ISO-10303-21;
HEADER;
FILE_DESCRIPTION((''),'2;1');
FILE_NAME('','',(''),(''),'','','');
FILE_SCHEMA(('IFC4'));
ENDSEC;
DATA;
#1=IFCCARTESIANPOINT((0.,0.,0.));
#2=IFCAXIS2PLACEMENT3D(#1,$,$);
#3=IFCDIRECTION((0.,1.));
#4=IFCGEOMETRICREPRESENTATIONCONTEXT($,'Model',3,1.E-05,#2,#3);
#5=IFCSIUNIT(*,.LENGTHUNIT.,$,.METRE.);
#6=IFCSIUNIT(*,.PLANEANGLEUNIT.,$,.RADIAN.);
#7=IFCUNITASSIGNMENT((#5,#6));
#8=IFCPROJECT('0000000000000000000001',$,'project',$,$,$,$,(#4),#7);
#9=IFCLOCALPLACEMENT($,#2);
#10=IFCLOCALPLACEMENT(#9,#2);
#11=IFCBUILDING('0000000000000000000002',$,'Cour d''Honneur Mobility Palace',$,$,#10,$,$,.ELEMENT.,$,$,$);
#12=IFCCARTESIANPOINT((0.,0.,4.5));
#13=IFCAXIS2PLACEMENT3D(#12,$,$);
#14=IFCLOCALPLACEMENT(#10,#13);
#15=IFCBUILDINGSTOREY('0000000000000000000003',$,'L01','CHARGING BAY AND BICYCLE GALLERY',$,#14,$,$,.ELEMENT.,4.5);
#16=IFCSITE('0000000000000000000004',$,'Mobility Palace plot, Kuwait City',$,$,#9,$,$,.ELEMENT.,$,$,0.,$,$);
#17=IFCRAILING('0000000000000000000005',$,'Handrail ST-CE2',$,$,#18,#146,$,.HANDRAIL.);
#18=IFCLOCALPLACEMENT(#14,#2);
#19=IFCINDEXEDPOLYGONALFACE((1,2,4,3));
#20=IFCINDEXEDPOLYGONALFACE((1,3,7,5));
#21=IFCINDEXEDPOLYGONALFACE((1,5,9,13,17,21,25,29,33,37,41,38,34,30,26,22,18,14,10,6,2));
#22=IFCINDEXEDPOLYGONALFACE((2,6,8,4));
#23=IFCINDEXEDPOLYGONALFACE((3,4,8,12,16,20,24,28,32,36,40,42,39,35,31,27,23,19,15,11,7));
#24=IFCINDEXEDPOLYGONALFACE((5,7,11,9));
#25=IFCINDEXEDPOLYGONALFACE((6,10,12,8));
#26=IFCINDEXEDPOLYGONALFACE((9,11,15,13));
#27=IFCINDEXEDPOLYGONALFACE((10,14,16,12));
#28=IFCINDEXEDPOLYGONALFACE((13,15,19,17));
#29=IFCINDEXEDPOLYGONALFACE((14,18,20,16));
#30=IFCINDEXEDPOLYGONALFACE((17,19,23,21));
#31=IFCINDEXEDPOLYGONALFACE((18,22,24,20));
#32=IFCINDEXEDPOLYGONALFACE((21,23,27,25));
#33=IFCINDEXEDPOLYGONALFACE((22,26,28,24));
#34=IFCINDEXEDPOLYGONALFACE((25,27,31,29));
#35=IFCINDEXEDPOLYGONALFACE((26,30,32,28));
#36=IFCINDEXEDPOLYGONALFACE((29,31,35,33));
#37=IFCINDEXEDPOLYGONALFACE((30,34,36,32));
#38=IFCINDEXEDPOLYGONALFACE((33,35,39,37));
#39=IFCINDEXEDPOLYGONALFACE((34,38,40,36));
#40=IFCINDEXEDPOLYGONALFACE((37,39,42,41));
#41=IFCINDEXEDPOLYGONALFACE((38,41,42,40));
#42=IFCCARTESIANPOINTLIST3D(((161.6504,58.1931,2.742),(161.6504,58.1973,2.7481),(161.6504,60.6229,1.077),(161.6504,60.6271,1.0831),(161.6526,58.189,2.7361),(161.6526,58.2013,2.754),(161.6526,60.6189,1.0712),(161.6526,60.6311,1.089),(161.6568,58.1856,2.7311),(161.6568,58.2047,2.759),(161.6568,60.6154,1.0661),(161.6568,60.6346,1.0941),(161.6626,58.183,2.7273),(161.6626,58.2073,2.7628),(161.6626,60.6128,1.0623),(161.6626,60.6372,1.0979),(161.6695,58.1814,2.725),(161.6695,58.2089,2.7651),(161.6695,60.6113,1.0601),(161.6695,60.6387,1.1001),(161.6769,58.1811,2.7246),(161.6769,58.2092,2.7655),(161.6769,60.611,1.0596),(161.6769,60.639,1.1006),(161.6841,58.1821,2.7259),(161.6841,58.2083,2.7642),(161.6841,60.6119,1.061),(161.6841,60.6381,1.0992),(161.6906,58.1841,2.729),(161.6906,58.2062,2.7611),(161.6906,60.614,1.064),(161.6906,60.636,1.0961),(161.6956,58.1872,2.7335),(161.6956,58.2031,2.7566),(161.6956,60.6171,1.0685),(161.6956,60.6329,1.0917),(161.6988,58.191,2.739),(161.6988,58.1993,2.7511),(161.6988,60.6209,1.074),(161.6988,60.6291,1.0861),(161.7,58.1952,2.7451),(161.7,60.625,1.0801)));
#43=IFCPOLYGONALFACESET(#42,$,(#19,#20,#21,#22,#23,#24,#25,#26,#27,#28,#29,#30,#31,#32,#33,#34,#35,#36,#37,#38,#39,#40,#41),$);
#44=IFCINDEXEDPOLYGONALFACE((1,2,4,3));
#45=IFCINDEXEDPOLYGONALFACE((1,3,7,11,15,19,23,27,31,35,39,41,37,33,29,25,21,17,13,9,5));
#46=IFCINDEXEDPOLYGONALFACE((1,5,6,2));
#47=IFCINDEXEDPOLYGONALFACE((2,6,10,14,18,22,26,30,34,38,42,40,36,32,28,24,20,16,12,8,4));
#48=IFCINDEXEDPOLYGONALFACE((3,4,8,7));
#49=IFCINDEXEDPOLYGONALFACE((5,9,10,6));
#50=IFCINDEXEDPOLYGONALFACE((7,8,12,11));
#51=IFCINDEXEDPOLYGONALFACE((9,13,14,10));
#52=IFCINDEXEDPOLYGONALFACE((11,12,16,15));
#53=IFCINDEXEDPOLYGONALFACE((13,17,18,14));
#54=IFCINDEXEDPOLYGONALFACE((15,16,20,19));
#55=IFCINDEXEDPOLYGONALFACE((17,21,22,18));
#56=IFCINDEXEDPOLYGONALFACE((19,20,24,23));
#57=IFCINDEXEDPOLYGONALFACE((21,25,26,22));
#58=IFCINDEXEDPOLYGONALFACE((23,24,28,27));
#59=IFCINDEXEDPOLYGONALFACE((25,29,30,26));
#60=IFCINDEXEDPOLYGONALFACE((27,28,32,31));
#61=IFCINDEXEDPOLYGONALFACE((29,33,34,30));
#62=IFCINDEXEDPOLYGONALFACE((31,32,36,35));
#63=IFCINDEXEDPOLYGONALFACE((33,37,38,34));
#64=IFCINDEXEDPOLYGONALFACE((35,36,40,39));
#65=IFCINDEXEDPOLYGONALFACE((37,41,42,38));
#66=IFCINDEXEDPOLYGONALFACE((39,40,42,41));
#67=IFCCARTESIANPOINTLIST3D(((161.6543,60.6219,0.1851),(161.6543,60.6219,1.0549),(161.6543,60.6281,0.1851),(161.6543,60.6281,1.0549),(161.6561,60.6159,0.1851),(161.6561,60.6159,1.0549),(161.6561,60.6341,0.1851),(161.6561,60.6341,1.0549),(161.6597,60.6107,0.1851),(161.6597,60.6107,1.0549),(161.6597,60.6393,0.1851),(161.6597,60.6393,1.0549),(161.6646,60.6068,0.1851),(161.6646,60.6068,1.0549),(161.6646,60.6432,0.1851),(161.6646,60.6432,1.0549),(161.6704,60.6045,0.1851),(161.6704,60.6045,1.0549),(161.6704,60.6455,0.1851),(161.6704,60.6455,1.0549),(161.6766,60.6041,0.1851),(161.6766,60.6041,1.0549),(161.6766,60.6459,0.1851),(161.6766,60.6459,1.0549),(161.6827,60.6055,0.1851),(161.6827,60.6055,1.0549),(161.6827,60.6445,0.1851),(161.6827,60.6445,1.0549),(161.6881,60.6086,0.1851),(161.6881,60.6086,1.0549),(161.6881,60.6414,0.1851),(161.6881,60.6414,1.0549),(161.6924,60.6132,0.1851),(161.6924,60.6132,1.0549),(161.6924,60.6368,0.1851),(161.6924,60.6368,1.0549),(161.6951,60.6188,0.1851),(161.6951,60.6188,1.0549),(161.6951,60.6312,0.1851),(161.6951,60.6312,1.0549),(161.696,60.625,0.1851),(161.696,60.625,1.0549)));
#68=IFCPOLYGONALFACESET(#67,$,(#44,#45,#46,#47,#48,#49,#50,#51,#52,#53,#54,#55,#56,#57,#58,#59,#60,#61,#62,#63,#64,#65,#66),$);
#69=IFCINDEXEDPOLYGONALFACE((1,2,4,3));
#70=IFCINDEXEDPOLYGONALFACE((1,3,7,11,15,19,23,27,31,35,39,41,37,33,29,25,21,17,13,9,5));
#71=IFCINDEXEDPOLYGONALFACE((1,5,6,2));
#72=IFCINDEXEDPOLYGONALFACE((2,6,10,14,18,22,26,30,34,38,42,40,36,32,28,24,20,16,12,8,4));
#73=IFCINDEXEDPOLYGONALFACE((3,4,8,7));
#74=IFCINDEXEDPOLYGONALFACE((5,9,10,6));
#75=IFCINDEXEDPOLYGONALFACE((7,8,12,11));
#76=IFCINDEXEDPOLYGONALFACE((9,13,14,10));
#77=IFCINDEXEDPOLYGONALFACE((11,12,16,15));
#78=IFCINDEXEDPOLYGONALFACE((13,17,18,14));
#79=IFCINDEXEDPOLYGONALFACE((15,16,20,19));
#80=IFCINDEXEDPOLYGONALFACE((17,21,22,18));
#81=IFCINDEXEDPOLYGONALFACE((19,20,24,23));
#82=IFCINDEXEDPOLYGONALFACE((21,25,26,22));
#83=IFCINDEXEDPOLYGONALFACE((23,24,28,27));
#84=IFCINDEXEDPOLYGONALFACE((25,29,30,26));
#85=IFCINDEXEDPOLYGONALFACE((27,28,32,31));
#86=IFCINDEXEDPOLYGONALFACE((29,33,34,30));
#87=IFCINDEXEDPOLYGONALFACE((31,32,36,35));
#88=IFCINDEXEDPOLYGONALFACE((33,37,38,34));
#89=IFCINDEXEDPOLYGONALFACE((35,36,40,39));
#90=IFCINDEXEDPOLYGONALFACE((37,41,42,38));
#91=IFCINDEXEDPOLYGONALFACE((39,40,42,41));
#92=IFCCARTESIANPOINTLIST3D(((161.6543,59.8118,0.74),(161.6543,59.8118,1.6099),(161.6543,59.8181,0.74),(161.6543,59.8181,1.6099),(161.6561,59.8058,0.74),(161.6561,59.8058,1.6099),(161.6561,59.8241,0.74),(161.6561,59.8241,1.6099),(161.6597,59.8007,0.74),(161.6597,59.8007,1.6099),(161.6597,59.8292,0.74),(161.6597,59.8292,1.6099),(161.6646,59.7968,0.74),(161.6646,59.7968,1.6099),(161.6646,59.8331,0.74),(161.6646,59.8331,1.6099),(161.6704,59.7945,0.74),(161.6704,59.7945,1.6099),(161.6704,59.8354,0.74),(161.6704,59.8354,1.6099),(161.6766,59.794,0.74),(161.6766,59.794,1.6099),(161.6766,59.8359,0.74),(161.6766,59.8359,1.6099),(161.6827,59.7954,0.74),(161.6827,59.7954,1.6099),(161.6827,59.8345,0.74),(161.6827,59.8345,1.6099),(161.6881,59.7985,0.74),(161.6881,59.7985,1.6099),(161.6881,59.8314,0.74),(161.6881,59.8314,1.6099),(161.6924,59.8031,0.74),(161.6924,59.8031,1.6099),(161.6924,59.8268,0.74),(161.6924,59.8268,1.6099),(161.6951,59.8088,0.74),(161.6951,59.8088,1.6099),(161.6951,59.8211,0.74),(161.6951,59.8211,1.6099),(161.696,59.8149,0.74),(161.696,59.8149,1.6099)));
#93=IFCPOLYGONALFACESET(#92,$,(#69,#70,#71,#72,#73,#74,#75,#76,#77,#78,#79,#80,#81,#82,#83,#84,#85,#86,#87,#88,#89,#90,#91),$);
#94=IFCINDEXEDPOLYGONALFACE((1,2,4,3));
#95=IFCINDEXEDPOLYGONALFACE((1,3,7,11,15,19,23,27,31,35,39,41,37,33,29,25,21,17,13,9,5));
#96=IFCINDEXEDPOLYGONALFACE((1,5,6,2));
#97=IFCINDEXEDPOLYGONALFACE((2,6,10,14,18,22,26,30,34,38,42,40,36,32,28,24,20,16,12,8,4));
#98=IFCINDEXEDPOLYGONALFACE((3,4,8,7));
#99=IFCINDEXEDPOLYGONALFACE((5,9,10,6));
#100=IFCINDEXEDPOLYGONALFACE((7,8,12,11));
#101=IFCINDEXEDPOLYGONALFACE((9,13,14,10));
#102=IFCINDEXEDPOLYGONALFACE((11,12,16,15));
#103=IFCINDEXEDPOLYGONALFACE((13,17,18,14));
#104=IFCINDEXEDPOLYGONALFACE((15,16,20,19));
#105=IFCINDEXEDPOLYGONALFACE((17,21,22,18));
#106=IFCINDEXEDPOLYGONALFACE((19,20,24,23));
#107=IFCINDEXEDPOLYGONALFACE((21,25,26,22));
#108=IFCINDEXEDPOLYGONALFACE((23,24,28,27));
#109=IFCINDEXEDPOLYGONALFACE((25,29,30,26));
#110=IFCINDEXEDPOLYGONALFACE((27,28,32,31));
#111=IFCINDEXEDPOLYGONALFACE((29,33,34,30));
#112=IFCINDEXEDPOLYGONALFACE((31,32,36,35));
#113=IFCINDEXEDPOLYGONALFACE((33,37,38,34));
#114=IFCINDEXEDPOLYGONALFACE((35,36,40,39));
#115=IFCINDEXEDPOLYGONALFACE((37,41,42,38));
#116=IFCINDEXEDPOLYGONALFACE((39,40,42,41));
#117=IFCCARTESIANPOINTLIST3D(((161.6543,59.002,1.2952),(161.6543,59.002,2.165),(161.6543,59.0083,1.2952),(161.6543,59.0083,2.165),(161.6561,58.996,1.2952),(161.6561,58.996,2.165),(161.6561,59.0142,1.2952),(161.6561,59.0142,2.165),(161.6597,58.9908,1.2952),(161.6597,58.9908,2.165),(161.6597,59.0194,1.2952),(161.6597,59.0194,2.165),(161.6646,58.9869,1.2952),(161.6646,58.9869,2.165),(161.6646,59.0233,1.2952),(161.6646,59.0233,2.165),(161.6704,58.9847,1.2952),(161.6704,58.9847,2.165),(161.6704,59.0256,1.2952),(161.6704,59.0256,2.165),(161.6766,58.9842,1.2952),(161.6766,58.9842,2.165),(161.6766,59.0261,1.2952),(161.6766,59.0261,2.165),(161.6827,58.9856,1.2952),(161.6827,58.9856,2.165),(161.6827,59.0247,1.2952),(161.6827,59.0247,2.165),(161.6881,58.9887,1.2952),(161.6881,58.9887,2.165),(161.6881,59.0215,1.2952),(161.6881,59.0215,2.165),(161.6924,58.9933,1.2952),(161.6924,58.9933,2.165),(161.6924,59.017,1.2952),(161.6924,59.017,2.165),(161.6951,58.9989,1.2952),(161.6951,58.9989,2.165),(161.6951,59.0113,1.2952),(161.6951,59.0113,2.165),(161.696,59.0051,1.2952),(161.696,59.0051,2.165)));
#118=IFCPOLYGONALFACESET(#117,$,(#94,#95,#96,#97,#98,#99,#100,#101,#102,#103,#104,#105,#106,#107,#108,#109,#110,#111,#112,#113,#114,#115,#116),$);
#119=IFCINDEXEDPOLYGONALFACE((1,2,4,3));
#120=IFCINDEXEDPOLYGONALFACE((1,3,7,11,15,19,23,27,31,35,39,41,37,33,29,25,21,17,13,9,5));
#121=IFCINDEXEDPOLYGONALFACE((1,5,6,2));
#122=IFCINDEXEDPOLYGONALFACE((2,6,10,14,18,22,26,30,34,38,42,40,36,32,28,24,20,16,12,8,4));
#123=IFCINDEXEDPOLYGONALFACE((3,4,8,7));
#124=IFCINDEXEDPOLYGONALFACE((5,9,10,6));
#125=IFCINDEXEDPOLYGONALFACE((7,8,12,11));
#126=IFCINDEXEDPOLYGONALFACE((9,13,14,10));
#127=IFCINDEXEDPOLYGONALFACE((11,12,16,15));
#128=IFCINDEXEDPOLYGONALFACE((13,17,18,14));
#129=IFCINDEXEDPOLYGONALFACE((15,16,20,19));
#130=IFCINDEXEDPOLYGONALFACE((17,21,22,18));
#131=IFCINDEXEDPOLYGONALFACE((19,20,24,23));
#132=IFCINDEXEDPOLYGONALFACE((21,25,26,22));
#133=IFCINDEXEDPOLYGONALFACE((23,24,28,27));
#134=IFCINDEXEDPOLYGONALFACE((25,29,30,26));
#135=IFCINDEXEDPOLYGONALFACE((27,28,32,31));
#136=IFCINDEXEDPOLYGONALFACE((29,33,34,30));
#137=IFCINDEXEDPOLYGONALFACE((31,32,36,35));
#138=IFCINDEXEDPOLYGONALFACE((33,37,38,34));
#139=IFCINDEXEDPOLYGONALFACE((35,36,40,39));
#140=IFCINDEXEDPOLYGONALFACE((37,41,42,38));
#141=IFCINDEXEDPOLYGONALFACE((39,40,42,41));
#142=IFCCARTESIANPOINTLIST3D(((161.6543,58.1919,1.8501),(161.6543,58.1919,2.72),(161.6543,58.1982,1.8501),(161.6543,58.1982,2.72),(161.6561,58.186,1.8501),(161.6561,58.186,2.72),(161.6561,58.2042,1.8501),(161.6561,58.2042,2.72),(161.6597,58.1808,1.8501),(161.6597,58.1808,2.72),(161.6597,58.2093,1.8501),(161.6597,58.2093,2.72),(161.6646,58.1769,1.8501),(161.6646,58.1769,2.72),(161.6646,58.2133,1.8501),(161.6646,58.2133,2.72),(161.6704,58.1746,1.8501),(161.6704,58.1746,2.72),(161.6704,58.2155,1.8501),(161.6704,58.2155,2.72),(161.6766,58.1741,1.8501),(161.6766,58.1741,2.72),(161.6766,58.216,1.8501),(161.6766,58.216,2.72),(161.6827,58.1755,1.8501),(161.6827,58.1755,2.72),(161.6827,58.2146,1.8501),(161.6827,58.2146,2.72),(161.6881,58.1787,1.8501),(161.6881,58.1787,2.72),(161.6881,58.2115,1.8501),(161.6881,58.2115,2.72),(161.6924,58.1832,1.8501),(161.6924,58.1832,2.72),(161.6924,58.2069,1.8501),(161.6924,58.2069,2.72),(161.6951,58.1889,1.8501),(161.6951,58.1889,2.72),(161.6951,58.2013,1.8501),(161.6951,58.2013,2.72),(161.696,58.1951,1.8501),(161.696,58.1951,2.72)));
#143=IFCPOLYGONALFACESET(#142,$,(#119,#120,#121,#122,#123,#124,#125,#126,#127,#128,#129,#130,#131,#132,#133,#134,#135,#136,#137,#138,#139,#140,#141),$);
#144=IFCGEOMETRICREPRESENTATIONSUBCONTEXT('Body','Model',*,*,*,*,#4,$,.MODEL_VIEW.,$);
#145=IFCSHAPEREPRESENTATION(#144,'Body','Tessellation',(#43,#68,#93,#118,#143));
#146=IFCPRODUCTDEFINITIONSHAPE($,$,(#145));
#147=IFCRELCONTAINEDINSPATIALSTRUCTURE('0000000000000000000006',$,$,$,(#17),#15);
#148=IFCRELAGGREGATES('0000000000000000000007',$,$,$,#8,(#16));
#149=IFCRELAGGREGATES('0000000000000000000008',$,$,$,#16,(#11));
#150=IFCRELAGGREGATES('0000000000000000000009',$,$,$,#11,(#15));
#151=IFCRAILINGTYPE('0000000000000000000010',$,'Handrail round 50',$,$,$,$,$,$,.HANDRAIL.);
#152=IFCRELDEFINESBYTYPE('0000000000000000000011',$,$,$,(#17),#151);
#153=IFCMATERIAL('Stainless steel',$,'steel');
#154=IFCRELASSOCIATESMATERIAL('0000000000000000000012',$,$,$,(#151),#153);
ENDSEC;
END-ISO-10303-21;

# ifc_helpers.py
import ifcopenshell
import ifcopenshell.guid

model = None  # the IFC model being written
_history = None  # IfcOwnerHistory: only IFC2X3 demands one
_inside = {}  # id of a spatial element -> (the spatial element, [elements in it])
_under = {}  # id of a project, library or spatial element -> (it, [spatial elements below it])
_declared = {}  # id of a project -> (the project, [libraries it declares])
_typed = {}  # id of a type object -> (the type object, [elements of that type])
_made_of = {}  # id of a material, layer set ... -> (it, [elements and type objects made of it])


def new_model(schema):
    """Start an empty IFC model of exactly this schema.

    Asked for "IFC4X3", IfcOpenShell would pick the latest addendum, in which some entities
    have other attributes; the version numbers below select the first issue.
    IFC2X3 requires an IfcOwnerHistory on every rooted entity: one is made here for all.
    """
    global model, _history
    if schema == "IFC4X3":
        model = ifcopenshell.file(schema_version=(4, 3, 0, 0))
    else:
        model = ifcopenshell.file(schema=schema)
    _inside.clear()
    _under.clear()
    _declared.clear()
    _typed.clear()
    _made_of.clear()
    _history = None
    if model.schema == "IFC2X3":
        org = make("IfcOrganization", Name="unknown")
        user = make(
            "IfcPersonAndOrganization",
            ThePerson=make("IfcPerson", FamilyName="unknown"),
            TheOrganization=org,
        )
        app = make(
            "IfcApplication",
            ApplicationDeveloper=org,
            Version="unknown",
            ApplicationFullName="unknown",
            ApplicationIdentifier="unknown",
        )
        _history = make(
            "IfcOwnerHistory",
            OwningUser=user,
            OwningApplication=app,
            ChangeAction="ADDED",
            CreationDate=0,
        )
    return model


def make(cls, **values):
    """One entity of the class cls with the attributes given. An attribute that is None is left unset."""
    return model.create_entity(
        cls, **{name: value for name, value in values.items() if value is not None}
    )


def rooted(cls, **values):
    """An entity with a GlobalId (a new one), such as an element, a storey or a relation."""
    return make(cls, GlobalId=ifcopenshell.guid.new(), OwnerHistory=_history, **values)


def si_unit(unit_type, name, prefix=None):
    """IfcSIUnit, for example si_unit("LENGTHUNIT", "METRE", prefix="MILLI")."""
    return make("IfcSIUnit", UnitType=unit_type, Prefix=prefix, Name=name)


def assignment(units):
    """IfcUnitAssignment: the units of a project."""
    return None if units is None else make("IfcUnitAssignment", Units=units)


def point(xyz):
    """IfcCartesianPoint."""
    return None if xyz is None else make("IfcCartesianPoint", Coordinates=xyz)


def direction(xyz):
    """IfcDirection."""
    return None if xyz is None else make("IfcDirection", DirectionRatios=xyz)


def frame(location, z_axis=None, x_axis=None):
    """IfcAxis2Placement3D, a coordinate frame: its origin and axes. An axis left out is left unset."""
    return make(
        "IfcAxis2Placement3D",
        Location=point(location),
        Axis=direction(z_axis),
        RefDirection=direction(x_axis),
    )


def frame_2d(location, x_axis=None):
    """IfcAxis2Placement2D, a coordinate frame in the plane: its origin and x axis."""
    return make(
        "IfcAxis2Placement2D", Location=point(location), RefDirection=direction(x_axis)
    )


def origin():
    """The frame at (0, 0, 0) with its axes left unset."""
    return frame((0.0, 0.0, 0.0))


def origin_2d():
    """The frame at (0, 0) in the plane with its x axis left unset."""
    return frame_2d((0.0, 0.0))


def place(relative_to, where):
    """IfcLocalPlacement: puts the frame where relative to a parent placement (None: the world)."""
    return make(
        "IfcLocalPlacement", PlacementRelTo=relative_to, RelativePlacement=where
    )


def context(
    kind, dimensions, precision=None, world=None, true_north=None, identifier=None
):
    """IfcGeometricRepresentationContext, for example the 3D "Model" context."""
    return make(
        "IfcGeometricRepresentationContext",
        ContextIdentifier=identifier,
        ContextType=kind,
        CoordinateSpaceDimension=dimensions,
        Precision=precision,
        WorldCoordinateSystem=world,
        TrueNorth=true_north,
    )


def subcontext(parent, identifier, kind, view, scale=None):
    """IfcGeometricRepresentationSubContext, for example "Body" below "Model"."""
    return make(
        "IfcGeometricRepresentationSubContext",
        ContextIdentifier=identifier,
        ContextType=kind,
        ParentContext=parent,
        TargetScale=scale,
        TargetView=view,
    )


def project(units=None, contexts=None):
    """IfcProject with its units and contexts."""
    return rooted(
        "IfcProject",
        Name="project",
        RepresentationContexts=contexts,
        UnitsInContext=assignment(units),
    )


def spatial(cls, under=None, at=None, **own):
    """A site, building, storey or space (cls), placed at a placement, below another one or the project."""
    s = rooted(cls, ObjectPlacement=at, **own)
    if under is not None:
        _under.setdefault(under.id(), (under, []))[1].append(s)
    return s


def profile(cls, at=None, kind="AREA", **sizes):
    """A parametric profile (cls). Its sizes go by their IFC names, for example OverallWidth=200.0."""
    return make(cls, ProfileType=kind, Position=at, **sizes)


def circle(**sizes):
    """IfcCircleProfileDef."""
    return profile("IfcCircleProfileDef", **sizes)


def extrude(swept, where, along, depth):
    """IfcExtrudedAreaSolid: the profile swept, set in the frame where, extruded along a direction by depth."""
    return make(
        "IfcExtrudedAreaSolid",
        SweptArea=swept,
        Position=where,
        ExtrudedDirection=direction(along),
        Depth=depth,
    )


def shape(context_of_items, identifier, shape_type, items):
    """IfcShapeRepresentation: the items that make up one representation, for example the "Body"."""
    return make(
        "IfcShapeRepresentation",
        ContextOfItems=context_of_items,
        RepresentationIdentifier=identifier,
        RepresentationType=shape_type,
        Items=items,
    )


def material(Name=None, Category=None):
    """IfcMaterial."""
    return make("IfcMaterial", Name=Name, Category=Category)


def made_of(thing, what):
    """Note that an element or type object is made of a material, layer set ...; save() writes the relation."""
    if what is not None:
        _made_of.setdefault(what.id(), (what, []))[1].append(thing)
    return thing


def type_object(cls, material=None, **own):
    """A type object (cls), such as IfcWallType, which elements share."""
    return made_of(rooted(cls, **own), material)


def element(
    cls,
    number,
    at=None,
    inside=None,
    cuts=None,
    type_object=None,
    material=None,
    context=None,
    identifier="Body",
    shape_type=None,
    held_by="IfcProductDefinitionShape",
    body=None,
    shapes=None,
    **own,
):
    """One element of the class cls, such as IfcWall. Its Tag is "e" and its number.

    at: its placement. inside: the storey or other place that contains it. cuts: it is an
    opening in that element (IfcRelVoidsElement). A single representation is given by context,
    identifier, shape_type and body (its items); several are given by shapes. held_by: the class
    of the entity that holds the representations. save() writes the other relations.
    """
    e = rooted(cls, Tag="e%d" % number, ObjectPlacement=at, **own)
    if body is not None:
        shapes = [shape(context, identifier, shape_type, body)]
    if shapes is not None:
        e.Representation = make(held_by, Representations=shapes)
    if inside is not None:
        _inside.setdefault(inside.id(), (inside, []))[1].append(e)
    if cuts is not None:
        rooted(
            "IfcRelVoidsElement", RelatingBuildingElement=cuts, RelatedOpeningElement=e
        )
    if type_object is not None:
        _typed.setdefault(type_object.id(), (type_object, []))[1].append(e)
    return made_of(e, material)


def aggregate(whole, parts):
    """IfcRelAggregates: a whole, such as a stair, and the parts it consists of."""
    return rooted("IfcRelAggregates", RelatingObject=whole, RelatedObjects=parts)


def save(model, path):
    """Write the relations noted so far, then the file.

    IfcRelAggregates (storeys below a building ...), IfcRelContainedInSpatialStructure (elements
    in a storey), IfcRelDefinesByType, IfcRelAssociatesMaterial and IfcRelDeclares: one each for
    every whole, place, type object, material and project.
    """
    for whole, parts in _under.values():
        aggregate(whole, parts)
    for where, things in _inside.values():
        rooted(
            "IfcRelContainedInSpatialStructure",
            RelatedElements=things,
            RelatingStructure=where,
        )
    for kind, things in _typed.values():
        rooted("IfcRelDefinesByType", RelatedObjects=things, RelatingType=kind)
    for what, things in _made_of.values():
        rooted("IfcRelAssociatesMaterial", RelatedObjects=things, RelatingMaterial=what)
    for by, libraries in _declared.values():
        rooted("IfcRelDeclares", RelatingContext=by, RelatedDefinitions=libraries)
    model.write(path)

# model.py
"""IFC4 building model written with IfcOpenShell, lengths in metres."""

from ifc_helpers import new_model, si_unit, direction, frame, origin, origin_2d, place, context, subcontext, project, spatial, circle, extrude, material, type_object, element, save


model = new_model("IFC4")

# Units and contexts
model_context = context("Model", 3, precision=1e-05, world=origin(), true_north=direction((0.0, 1.0)))
body_context = subcontext(model_context, "Body", "Model", "MODEL_VIEW")
ifc_project = project(units=[si_unit("LENGTHUNIT", "METRE"), si_unit("PLANEANGLEUNIT", "RADIAN")], contexts=[model_context])

# Site, building, storey
site_placement = place(None, origin())
site = spatial("IfcSite", under=ifc_project, at=site_placement, Name="Mobility Palace plot, Kuwait City", CompositionType="ELEMENT", RefElevation=0.0)
building_placement = place(site_placement, origin())
building = spatial("IfcBuilding", under=site, at=building_placement, Name="Cour d'Honneur Mobility Palace", CompositionType="ELEMENT")
storey_placement = place(building_placement, frame((0.0, 0.0, 4.5)))
storey = spatial("IfcBuildingStorey", under=building, at=storey_placement, Name="L01", Description="CHARGING BAY AND BICYCLE GALLERY", CompositionType="ELEMENT", Elevation=4.5)

# Railing
ifc_material_1 = material(Name="Stainless steel", Category="steel")
railing_type_1 = type_object("IfcRailingType", Name="Handrail round 50", PredefinedType="HANDRAIL", material=ifc_material_1)
for number, where, name in (
    (1, (161.675, 60.625, 0.1851), "Handrail ST-CE2"),
):
    element("IfcRailing", number, at=place(storey_placement, frame(where)), inside=storey, type_object=railing_type_1, Name=name, PredefinedType="HANDRAIL", context=body_context, shape_type="SweptSolid", body=[
        extrude(circle(Radius=0.0249, at=origin_2d()), frame((0.0, 0.0, 0.895), z_axis=(0.0, -0.824919, 0.565251), x_axis=(1.0, 0.0, 0.0)), (0.0, 0.0, 1.0), 2.9456),
        extrude(circle(Radius=0.021, at=origin_2d()), origin(), (0.0, 0.0, 1.0), 0.8699),
        extrude(circle(Radius=0.021, at=origin_2d()), frame((0.0, -0.8101, 0.5549)), (0.0, 0.0, 1.0), 0.8699),
        extrude(circle(Radius=0.021, at=origin_2d()), frame((0.0, -1.6199, 1.1101)), (0.0, 0.0, 1.0), 0.8699),
        extrude(circle(Radius=0.021, at=origin_2d()), frame((0.0, -2.4299, 1.665)), (0.0, 0.0, 1.0), 0.8699),
    ])

save(model, "model.ifc")
